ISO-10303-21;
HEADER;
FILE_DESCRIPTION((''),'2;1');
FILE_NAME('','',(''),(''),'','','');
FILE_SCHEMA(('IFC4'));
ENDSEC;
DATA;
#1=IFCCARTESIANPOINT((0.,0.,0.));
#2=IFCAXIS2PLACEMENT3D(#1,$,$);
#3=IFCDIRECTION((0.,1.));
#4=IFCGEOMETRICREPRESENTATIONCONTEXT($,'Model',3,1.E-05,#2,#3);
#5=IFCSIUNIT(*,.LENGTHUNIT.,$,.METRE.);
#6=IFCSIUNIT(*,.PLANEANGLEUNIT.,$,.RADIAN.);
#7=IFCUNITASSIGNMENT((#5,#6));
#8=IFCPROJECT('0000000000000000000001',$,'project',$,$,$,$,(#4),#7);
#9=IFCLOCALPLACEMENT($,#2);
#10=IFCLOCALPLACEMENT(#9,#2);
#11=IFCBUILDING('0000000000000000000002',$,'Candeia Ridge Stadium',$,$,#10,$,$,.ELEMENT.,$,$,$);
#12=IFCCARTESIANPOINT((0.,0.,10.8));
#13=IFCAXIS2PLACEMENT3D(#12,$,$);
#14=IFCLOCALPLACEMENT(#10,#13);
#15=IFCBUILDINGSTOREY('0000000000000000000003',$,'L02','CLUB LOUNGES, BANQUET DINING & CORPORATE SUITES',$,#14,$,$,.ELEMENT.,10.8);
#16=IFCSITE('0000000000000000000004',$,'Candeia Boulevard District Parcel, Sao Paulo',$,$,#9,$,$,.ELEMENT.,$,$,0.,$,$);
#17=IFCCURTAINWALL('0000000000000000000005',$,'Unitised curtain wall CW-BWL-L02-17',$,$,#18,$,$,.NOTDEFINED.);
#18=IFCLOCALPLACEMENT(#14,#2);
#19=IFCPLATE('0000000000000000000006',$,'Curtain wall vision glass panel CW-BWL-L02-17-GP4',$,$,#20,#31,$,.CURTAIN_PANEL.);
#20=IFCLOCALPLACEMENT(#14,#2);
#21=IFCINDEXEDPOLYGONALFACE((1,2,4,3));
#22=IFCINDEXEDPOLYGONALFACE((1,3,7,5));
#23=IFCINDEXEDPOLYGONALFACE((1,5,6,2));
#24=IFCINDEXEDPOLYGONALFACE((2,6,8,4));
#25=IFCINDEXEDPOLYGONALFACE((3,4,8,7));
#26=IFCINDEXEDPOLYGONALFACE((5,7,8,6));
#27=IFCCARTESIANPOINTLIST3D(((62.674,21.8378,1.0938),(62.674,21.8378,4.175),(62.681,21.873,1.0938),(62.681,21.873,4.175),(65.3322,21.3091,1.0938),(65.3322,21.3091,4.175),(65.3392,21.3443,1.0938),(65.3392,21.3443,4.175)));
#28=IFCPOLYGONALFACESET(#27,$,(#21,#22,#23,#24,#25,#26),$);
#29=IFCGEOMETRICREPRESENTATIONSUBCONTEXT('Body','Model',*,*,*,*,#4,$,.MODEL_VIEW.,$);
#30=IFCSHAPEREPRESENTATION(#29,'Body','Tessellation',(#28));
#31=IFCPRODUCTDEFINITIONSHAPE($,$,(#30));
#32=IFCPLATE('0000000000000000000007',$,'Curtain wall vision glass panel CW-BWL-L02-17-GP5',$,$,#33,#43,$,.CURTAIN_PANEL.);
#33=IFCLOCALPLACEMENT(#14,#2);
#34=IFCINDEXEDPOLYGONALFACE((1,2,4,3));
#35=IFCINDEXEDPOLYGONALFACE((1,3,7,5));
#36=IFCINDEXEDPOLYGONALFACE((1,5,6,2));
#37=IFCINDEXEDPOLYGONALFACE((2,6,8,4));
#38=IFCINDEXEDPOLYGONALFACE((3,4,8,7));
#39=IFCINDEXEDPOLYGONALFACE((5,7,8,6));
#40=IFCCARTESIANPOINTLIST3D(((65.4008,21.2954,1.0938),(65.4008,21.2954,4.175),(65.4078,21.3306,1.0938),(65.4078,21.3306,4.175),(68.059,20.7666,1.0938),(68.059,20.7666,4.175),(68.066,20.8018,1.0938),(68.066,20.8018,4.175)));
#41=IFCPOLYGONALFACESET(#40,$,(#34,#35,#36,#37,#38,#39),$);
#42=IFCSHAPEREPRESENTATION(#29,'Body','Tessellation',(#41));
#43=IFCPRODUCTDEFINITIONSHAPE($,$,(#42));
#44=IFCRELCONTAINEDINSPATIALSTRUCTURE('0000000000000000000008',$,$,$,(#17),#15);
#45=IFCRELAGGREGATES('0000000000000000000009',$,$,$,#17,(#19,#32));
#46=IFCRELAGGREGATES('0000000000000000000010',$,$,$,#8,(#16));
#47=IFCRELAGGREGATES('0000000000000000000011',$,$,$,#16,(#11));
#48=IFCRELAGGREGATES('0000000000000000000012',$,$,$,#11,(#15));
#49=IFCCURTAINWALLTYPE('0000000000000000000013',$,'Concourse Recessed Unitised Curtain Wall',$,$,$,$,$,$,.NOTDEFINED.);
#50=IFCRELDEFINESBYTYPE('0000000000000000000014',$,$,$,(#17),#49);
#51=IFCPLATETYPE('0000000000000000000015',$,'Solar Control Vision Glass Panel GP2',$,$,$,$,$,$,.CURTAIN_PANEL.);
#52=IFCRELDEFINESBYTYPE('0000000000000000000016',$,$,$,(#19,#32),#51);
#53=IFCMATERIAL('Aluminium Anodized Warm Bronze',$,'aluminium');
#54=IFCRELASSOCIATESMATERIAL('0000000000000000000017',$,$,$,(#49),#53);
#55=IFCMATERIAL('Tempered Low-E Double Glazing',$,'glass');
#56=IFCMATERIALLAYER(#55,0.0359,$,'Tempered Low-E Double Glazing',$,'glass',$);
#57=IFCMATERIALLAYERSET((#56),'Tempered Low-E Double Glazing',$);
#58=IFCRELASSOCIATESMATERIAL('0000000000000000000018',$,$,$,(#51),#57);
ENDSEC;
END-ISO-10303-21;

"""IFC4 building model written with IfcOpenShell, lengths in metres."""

from ifc_helpers import new_model, si_unit, direction, frame, origin, origin_2d, place, context, subcontext, project, spatial, rectangle, extrude, material, layer, layer_set, type_object, element, aggregate, save


model = new_model("IFC4")

# Units and contexts
model_context = context("Model", 3, precision=1e-05, world=origin(), true_north=direction((0.0, 1.0)))
body_context = subcontext(model_context, "Body", "Model", "MODEL_VIEW")
ifc_project = project(units=[si_unit("LENGTHUNIT", "METRE"), si_unit("PLANEANGLEUNIT", "RADIAN")], contexts=[model_context])

# Site, building, storey
site_placement = place(None, origin())
site = spatial("IfcSite", under=ifc_project, at=site_placement, Name="Candeia Boulevard District Parcel, Sao Paulo", CompositionType="ELEMENT", RefElevation=0.0)
building_placement = place(site_placement, origin())
building = spatial("IfcBuilding", under=site, at=building_placement, Name="Candeia Ridge Stadium", CompositionType="ELEMENT")
storey_placement = place(building_placement, frame((0.0, 0.0, 10.8)))
storey = spatial("IfcBuildingStorey", under=building, at=storey_placement, Name="L02", Description="CLUB LOUNGES, BANQUET DINING & CORPORATE SUITES", CompositionType="ELEMENT", Elevation=10.8)

# Curtain wall
ifc_material_1 = material(Name="Aluminium Anodized Warm Bronze", Category="aluminium")
curtain_wall_type = type_object("IfcCurtainWallType", Name="Concourse Recessed Unitised Curtain Wall", PredefinedType="NOTDEFINED", material=ifc_material_1)
curtain_wall_placement = place(storey_placement, origin())
curtain_wall = element("IfcCurtainWall", 1, at=curtain_wall_placement, inside=storey, type_object=curtain_wall_type, Name="Unitised curtain wall CW-BWL-L02-17", PredefinedType="NOTDEFINED")

# Plates
ifc_material_2 = material(Name="Tempered Low-E Double Glazing", Category="glass")
ifc_layer_1 = layer(ifc_material_2, 0.0359, Name="Tempered Low-E Double Glazing", Category="glass")
ifc_layer_set_1 = layer_set([ifc_layer_1], Name="Tempered Low-E Double Glazing")
plate_type_1 = type_object("IfcPlateType", Name="Solar Control Vision Glass Panel GP2", PredefinedType="CURTAIN_PANEL", material=ifc_layer_set_1)
plate_1_placement = place(storey_placement, frame((64.0066, 21.5911, 1.0938), z_axis=(0.0, 0.0, 1.0), x_axis=(0.980785, -0.19509, 0.0)))
plate_1 = element("IfcPlate", 2, at=plate_1_placement, type_object=plate_type_1, Name="Curtain wall vision glass panel CW-BWL-L02-17-GP4", PredefinedType="CURTAIN_PANEL", context=body_context, shape_type="SweptSolid", body=[
    extrude(rectangle(XDim=2.7102, YDim=0.0359, at=origin_2d()), origin(), (0.0, 0.0, 1.0), 3.0813),
])
plate_2_placement = place(storey_placement, frame((66.7334, 21.0486, 1.0938), z_axis=(0.0, 0.0, 1.0), x_axis=(0.980785, -0.19509, 0.0)))
plate_2 = element("IfcPlate", 3, at=plate_2_placement, type_object=plate_type_1, Name="Curtain wall vision glass panel CW-BWL-L02-17-GP5", PredefinedType="CURTAIN_PANEL", context=body_context, shape_type="SweptSolid", body=[
    extrude(rectangle(XDim=2.7102, YDim=0.0359, at=origin_2d()), origin(), (0.0, 0.0, 1.0), 3.0813),
])
aggregate(curtain_wall, [plate_1, plate_2])

save(model, "model.ifc")
